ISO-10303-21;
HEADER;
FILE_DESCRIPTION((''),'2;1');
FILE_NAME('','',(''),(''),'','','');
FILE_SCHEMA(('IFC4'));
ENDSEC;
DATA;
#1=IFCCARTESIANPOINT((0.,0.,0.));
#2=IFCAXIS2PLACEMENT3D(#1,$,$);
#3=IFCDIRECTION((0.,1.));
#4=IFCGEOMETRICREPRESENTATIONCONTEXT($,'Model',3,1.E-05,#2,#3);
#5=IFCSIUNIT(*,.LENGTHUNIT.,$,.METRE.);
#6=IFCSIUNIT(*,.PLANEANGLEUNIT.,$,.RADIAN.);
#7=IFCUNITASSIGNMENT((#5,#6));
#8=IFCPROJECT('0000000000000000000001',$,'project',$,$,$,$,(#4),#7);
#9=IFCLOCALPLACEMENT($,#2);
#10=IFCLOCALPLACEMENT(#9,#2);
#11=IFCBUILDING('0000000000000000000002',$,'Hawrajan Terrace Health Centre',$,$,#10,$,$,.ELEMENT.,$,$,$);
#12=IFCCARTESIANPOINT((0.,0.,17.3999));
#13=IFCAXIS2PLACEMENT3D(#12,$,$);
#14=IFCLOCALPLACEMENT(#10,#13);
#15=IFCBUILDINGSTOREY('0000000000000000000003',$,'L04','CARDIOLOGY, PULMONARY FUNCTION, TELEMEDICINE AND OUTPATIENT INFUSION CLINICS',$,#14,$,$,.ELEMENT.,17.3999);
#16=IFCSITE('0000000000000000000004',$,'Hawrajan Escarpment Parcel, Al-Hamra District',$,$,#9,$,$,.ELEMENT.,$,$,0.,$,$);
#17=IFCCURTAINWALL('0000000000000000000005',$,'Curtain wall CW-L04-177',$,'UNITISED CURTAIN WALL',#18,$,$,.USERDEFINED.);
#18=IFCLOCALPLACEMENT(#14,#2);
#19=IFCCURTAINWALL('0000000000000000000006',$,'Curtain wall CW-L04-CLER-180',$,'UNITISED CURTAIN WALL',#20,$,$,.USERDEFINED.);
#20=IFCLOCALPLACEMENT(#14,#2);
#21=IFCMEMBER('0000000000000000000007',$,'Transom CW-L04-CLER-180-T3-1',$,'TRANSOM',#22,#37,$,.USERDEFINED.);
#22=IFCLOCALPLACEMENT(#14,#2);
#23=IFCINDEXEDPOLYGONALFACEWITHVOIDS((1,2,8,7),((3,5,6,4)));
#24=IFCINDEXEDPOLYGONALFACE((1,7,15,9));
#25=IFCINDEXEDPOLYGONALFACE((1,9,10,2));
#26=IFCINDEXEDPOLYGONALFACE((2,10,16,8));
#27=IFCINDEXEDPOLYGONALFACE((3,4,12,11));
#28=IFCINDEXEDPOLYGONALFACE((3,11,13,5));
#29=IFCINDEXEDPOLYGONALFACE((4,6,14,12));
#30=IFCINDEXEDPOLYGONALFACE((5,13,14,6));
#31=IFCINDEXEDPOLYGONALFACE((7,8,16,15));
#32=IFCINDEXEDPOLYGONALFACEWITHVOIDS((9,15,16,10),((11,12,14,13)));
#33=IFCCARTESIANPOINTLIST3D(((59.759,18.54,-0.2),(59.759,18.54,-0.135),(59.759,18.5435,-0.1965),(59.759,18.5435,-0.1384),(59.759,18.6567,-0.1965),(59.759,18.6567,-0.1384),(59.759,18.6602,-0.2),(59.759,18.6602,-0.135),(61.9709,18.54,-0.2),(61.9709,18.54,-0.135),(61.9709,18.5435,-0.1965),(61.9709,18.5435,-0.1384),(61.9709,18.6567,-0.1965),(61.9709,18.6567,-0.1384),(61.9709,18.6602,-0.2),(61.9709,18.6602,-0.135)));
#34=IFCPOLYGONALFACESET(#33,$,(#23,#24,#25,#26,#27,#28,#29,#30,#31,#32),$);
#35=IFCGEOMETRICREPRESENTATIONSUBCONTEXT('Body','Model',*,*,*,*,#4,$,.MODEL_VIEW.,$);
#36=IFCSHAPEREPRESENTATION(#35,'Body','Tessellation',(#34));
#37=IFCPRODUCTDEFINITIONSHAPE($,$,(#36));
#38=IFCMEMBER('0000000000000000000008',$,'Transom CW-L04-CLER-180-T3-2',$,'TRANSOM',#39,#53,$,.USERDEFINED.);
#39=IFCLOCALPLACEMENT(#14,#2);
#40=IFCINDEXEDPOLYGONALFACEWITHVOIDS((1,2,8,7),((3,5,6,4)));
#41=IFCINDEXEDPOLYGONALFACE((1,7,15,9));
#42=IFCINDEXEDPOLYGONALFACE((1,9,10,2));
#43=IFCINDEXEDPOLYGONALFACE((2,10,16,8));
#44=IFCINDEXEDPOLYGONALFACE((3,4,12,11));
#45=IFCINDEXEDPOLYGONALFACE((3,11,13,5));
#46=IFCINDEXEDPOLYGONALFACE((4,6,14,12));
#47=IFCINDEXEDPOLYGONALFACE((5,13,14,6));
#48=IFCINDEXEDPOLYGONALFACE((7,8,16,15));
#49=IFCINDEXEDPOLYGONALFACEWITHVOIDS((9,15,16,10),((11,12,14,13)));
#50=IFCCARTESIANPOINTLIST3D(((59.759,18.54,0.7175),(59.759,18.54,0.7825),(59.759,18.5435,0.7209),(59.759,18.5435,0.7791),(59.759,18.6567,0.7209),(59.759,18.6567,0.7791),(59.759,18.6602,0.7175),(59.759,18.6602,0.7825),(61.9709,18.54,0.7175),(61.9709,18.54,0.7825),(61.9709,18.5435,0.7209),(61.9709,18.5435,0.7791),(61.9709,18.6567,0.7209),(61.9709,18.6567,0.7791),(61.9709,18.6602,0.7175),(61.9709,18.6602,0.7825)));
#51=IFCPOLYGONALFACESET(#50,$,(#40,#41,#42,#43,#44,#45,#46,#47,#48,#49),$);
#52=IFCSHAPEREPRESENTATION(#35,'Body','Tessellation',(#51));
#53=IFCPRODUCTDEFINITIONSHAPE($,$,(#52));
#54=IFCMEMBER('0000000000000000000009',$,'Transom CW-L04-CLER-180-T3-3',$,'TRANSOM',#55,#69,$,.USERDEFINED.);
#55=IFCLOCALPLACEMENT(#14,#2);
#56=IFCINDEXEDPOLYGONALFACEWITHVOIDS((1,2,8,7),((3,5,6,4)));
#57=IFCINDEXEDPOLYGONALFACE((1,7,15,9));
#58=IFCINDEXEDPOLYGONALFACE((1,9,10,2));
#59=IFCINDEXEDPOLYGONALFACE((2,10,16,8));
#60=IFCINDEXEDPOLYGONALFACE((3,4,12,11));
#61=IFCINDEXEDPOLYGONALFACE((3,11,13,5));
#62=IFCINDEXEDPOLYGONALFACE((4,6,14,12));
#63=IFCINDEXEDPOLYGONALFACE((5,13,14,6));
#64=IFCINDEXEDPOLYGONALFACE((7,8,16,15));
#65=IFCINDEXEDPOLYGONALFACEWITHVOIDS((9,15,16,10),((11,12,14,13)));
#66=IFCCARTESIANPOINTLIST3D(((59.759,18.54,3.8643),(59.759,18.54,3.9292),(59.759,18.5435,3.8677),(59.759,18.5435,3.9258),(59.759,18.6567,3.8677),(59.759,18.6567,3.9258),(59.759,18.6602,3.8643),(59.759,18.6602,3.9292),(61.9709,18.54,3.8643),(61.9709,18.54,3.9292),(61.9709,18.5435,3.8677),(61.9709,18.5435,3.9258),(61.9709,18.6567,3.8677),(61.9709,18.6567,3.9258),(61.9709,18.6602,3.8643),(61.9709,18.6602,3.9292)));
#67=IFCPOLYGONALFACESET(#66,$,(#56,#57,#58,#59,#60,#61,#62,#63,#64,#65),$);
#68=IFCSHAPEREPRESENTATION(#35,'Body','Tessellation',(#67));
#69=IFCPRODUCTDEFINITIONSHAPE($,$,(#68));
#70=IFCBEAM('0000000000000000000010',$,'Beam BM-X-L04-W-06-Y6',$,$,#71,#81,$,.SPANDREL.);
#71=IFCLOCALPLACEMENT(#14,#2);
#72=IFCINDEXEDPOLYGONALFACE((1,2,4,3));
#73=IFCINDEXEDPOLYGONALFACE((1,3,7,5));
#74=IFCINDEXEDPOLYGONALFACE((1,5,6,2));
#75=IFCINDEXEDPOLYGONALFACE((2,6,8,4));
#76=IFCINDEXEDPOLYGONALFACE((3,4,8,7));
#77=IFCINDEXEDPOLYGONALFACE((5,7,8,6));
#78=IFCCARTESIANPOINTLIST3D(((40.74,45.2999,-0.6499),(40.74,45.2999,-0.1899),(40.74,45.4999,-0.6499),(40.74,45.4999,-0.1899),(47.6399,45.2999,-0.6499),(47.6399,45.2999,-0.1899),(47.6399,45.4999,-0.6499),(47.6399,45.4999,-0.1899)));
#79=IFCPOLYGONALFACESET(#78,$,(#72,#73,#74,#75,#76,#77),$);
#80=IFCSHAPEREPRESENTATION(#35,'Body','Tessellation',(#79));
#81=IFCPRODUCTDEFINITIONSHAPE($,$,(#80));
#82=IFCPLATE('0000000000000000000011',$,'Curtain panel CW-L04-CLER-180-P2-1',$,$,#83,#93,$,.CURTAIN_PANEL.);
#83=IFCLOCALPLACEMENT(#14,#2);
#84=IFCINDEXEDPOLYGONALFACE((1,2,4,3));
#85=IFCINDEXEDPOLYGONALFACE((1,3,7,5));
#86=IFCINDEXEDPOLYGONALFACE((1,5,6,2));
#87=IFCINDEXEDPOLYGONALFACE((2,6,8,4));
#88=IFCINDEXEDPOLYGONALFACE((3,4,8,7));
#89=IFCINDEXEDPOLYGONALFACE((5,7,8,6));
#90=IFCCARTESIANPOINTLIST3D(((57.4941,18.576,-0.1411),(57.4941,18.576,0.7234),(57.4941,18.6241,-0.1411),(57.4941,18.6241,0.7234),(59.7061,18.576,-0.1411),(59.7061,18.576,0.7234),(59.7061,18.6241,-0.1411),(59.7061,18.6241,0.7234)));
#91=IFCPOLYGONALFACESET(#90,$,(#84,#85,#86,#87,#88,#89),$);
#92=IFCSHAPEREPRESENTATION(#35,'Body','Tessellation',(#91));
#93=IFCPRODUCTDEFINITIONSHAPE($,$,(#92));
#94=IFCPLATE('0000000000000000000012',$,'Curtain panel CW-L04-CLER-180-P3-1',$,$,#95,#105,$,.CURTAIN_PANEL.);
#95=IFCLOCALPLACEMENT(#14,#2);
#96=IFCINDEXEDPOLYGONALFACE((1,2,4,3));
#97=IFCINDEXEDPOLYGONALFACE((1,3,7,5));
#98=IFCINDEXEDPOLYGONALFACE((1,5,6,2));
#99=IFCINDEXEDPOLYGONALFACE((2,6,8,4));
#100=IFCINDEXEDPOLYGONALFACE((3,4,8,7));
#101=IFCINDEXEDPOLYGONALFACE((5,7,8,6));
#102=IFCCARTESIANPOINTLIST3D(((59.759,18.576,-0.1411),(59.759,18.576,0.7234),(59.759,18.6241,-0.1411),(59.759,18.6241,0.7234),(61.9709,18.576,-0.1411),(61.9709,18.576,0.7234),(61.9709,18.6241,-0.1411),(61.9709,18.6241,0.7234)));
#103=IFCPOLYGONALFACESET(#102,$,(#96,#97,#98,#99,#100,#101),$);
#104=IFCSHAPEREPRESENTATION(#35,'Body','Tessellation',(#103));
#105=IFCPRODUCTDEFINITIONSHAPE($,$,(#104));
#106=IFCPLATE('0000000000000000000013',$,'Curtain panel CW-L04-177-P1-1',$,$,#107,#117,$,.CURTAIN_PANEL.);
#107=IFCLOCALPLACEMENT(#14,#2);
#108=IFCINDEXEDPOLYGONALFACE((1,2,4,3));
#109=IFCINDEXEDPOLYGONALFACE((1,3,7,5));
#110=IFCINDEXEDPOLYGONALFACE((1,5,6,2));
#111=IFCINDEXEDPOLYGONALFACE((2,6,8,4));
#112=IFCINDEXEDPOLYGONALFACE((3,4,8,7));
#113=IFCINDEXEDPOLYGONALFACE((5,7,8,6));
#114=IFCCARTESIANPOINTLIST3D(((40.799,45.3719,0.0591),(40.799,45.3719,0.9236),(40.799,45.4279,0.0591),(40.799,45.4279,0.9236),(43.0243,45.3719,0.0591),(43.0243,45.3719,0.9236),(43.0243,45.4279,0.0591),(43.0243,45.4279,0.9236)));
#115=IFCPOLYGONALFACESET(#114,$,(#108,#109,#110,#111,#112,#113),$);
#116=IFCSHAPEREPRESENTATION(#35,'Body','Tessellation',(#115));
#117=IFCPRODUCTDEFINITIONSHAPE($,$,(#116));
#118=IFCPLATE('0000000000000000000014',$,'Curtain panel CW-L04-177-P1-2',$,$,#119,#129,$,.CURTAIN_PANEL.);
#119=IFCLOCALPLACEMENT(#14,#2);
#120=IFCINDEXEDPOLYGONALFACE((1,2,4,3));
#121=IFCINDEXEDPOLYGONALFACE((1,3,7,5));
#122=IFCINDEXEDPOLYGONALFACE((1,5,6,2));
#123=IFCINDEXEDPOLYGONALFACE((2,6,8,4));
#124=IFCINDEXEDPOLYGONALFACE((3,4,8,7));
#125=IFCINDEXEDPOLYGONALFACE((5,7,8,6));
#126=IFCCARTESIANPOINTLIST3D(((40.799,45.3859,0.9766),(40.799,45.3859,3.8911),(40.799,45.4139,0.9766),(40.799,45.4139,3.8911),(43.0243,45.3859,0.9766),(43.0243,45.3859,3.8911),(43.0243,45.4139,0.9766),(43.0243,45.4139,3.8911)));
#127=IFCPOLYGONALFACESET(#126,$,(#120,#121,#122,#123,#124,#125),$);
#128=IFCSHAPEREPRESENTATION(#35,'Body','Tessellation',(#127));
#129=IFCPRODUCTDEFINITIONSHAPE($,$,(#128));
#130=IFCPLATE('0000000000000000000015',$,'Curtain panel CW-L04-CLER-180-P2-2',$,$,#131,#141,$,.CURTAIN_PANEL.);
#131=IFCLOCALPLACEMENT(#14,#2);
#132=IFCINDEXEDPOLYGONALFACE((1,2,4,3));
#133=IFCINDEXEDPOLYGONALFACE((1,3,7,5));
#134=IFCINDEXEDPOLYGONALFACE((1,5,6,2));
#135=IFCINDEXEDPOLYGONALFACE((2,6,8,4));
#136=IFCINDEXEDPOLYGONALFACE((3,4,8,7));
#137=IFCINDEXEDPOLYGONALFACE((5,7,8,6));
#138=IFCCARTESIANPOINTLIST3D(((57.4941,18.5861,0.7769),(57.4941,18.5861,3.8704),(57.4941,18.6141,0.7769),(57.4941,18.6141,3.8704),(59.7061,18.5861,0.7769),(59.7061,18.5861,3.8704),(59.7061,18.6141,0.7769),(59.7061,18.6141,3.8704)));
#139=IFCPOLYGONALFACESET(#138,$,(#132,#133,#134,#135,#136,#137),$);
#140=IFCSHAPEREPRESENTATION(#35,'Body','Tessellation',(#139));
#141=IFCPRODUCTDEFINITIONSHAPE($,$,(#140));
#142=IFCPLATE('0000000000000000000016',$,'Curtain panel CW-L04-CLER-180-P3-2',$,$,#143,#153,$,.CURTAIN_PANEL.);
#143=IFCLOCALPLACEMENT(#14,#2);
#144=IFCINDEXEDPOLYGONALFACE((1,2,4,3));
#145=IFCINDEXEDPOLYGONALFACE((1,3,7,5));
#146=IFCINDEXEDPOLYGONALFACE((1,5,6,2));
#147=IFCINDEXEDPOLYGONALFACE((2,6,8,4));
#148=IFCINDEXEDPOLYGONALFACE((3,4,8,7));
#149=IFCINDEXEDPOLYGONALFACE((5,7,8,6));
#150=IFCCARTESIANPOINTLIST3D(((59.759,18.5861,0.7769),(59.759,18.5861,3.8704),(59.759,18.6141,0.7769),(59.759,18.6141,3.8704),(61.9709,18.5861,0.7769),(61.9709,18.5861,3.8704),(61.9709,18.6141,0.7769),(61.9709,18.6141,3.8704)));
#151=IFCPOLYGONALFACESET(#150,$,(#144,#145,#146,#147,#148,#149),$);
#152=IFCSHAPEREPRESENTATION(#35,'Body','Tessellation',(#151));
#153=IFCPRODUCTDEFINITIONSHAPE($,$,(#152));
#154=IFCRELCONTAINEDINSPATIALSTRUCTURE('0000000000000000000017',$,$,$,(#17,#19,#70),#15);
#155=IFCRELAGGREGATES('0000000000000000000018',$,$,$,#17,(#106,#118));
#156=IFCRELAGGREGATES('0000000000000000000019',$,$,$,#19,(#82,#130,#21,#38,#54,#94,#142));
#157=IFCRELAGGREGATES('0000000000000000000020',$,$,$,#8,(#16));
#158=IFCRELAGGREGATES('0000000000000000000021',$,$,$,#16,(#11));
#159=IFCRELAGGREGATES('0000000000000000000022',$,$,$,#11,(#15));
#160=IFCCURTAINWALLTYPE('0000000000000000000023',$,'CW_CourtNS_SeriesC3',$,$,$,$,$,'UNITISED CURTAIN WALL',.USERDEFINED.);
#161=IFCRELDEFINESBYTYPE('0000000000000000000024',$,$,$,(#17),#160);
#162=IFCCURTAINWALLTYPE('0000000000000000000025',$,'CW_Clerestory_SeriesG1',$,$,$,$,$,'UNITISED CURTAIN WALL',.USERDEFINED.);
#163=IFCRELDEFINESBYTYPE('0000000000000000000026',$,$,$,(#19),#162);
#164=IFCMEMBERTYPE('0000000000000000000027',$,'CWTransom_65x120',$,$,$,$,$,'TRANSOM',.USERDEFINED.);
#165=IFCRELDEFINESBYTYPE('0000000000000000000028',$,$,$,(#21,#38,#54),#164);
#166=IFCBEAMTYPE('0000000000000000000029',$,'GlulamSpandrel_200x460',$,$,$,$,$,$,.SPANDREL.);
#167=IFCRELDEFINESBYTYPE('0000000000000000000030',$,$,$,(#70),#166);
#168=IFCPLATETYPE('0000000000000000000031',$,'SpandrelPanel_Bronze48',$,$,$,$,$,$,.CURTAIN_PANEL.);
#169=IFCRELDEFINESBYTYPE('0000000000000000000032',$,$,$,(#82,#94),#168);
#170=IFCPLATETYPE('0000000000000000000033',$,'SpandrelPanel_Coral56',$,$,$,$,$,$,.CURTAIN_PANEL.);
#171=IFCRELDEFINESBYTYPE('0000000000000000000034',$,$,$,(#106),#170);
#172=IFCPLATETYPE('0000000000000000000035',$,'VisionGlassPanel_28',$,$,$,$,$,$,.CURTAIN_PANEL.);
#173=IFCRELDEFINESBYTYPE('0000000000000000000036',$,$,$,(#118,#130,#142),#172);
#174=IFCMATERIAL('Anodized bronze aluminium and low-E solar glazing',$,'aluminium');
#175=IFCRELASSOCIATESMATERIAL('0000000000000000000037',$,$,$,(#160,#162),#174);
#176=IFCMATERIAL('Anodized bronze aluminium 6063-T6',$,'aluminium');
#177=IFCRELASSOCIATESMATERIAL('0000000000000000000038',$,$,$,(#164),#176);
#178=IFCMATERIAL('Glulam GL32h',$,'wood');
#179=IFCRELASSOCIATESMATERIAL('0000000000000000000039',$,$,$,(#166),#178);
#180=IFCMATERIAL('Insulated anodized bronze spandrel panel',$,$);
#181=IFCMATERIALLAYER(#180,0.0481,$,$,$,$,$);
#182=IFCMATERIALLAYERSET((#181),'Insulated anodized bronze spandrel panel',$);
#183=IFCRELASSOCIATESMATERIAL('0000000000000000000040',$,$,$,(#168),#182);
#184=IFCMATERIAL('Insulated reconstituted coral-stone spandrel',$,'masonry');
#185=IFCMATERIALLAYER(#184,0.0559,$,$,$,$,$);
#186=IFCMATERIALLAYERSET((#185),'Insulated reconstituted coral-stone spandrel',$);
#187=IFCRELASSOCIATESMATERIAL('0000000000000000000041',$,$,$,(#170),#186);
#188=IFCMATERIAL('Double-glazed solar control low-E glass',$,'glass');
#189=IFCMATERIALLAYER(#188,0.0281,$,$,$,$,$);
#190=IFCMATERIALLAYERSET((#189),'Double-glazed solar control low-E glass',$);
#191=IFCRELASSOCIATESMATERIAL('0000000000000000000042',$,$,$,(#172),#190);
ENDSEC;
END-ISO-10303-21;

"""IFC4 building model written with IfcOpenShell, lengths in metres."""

from ifc_helpers import new_model, si_unit, direction, frame, origin, origin_2d, place, context, subcontext, project, spatial, rectangle, hollow_rectangle, extrude, material, layer, layer_set, material_profile, profile_set, type_object, element, aggregate, save


model = new_model("IFC4")

# Units and contexts
model_context = context("Model", 3, precision=1e-05, world=origin(), true_north=direction((0.0, 1.0)))
body_context = subcontext(model_context, "Body", "Model", "MODEL_VIEW")
ifc_project = project(units=[si_unit("LENGTHUNIT", "METRE"), si_unit("PLANEANGLEUNIT", "RADIAN")], contexts=[model_context])

# Site, building, storey
site_placement = place(None, origin())
site = spatial("IfcSite", under=ifc_project, at=site_placement, Name="Hawrajan Escarpment Parcel, Al-Hamra District", CompositionType="ELEMENT", RefElevation=0.0)
building_placement = place(site_placement, origin())
building = spatial("IfcBuilding", under=site, at=building_placement, Name="Hawrajan Terrace Health Centre", CompositionType="ELEMENT")
storey_placement = place(building_placement, frame((0.0, 0.0, 17.3999)))
storey = spatial("IfcBuildingStorey", under=building, at=storey_placement, Name="L04", Description="CARDIOLOGY, PULMONARY FUNCTION, TELEMEDICINE AND OUTPATIENT INFUSION CLINICS", CompositionType="ELEMENT", Elevation=17.3999)

# Curtain walls
ifc_material_1 = material(Name="Anodized bronze aluminium and low-E solar glazing", Category="aluminium")
curtain_wall_type_1 = type_object("IfcCurtainWallType", Name="CW_CourtNS_SeriesC3", ElementType="UNITISED CURTAIN WALL", PredefinedType="USERDEFINED", material=ifc_material_1)
curtain_wall_1_placement = place(storey_placement, origin())
curtain_wall_1 = element("IfcCurtainWall", 1, at=curtain_wall_1_placement, inside=storey, type_object=curtain_wall_type_1, Name="Curtain wall CW-L04-177", ObjectType="UNITISED CURTAIN WALL", PredefinedType="USERDEFINED")
ifc_material_2 = material(Name="Anodized bronze aluminium 6063-T6", Category="aluminium")
curtain_wall_type_2 = type_object("IfcCurtainWallType", Name="CW_Clerestory_SeriesG1", ElementType="UNITISED CURTAIN WALL", PredefinedType="USERDEFINED", material=ifc_material_1)
curtain_wall_2_placement = place(storey_placement, origin())
curtain_wall_2 = element("IfcCurtainWall", 2, at=curtain_wall_2_placement, inside=storey, type_object=curtain_wall_type_2, Name="Curtain wall CW-L04-CLER-180", ObjectType="UNITISED CURTAIN WALL", PredefinedType="USERDEFINED")

# Members
ifc_material_profile_1 = material_profile(ifc_material_2, hollow_rectangle(XDim=0.0649, YDim=0.1201, WallThickness=0.0034, at=origin_2d()), Name="CW TRN 65x120")
ifc_profile_set_1 = profile_set([ifc_material_profile_1], Name="Anodized bronze aluminium 6063-T6")
member_type_1 = type_object("IfcMemberType", Name="CWTransom_65x120", ElementType="TRANSOM", PredefinedType="USERDEFINED", material=ifc_profile_set_1)
member_1_placement = place(storey_placement, frame((59.759, 18.6001, -0.1675), z_axis=(1.0, 0.0, 0.0), x_axis=(0.0, 0.0, 1.0)))
member_1 = element("IfcMember", 3, at=member_1_placement, type_object=member_type_1, Name="Transom CW-L04-CLER-180-T3-1", ObjectType="TRANSOM", PredefinedType="USERDEFINED", context=body_context, shape_type="SweptSolid", body=[
    extrude(hollow_rectangle(XDim=0.0649, YDim=0.1201, WallThickness=0.0034, at=origin_2d()), origin(), (0.0, 0.0, 1.0), 2.2119),
])
member_2_placement = place(storey_placement, frame((59.759, 18.6001, 0.75), z_axis=(1.0, 0.0, 0.0), x_axis=(0.0, 0.0, 1.0)))
member_2 = element("IfcMember", 4, at=member_2_placement, type_object=member_type_1, Name="Transom CW-L04-CLER-180-T3-2", ObjectType="TRANSOM", PredefinedType="USERDEFINED", context=body_context, shape_type="SweptSolid", body=[
    extrude(hollow_rectangle(XDim=0.0649, YDim=0.1201, WallThickness=0.0034, at=origin_2d()), origin(), (0.0, 0.0, 1.0), 2.2119),
])
member_3_placement = place(storey_placement, frame((59.759, 18.6001, 3.8967), z_axis=(1.0, 0.0, 0.0), x_axis=(0.0, 0.0, 1.0)))
member_3 = element("IfcMember", 5, at=member_3_placement, type_object=member_type_1, Name="Transom CW-L04-CLER-180-T3-3", ObjectType="TRANSOM", PredefinedType="USERDEFINED", context=body_context, shape_type="SweptSolid", body=[
    extrude(hollow_rectangle(XDim=0.0649, YDim=0.1201, WallThickness=0.0034, at=origin_2d()), origin(), (0.0, 0.0, 1.0), 2.2119),
])

# Beam
ifc_material_3 = material(Name="Glulam GL32h", Category="wood")
ifc_material_profile_2 = material_profile(ifc_material_3, rectangle(XDim=0.2, YDim=0.46, at=origin_2d()), Name="GL SP 200x460")
ifc_profile_set_2 = profile_set([ifc_material_profile_2], Name="Glulam GL32h")
beam_type = type_object("IfcBeamType", Name="GlulamSpandrel_200x460", PredefinedType="SPANDREL", material=ifc_profile_set_2)
beam_placement = place(storey_placement, frame((40.74, 45.3999, -0.4199), z_axis=(1.0, 0.0, 0.0), x_axis=(0.0, 1.0, 0.0)))
element("IfcBeam", 6, at=beam_placement, inside=storey, type_object=beam_type, Name="Beam BM-X-L04-W-06-Y6", PredefinedType="SPANDREL", context=body_context, shape_type="SweptSolid", body=[
    extrude(rectangle(XDim=0.2, YDim=0.46, at=origin_2d()), origin(), (0.0, 0.0, 1.0), 6.8999),
])

# Plates
ifc_material_4 = material(Name="Insulated anodized bronze spandrel panel")
ifc_layer_1 = layer(ifc_material_4, 0.0481)
ifc_layer_set_1 = layer_set([ifc_layer_1], Name="Insulated anodized bronze spandrel panel")
plate_type_1 = type_object("IfcPlateType", Name="SpandrelPanel_Bronze48", PredefinedType="CURTAIN_PANEL", material=ifc_layer_set_1)
plate_1_placement = place(storey_placement, frame((58.6001, 18.6001, -0.1411), z_axis=(0.0, 0.0, 1.0), x_axis=(1.0, 0.0, 0.0)))
plate_1 = element("IfcPlate", 7, at=plate_1_placement, type_object=plate_type_1, Name="Curtain panel CW-L04-CLER-180-P2-1", PredefinedType="CURTAIN_PANEL", context=body_context, shape_type="SweptSolid", body=[
    extrude(rectangle(XDim=2.2119, YDim=0.0481, at=origin_2d()), origin(), (0.0, 0.0, 1.0), 0.8645),
])
plate_2_placement = place(storey_placement, frame((60.865, 18.6001, -0.1411), z_axis=(0.0, 0.0, 1.0), x_axis=(1.0, 0.0, 0.0)))
plate_2 = element("IfcPlate", 8, at=plate_2_placement, type_object=plate_type_1, Name="Curtain panel CW-L04-CLER-180-P3-1", PredefinedType="CURTAIN_PANEL", context=body_context, shape_type="SweptSolid", body=[
    extrude(rectangle(XDim=2.2119, YDim=0.0481, at=origin_2d()), origin(), (0.0, 0.0, 1.0), 0.8645),
])
ifc_material_5 = material(Name="Insulated reconstituted coral-stone spandrel", Category="masonry")
ifc_layer_2 = layer(ifc_material_5, 0.0559)
ifc_layer_set_2 = layer_set([ifc_layer_2], Name="Insulated reconstituted coral-stone spandrel")
plate_type_2 = type_object("IfcPlateType", Name="SpandrelPanel_Coral56", PredefinedType="CURTAIN_PANEL", material=ifc_layer_set_2)
plate_3_placement = place(storey_placement, frame((41.9116, 45.3999, 0.0591), z_axis=(0.0, 0.0, 1.0), x_axis=(1.0, 0.0, 0.0)))
plate_3 = element("IfcPlate", 9, at=plate_3_placement, type_object=plate_type_2, Name="Curtain panel CW-L04-177-P1-1", PredefinedType="CURTAIN_PANEL", context=body_context, shape_type="SweptSolid", body=[
    extrude(rectangle(XDim=2.2253, YDim=0.0559, at=origin_2d()), origin(), (0.0, 0.0, 1.0), 0.8645),
])
ifc_material_6 = material(Name="Double-glazed solar control low-E glass", Category="glass")
ifc_layer_3 = layer(ifc_material_6, 0.0281)
ifc_layer_set_3 = layer_set([ifc_layer_3], Name="Double-glazed solar control low-E glass")
plate_type_3 = type_object("IfcPlateType", Name="VisionGlassPanel_28", PredefinedType="CURTAIN_PANEL", material=ifc_layer_set_3)
plate_4_placement = place(storey_placement, frame((41.9116, 45.3999, 0.9766), z_axis=(0.0, 0.0, 1.0), x_axis=(1.0, 0.0, 0.0)))
plate_4 = element("IfcPlate", 10, at=plate_4_placement, type_object=plate_type_3, Name="Curtain panel CW-L04-177-P1-2", PredefinedType="CURTAIN_PANEL", context=body_context, shape_type="SweptSolid", body=[
    extrude(rectangle(XDim=2.2253, YDim=0.0281, at=origin_2d()), origin(), (0.0, 0.0, 1.0), 2.9146),
])
aggregate(curtain_wall_1, [plate_3, plate_4])
plate_5_placement = place(storey_placement, frame((58.6001, 18.6001, 0.7769), z_axis=(0.0, 0.0, 1.0), x_axis=(1.0, 0.0, 0.0)))
plate_5 = element("IfcPlate", 11, at=plate_5_placement, type_object=plate_type_3, Name="Curtain panel CW-L04-CLER-180-P2-2", PredefinedType="CURTAIN_PANEL", context=body_context, shape_type="SweptSolid", body=[
    extrude(rectangle(XDim=2.2119, YDim=0.0281, at=origin_2d()), origin(), (0.0, 0.0, 1.0), 3.0935),
])
plate_6_placement = place(storey_placement, frame((60.865, 18.6001, 0.7769), z_axis=(0.0, 0.0, 1.0), x_axis=(1.0, 0.0, 0.0)))
plate_6 = element("IfcPlate", 12, at=plate_6_placement, type_object=plate_type_3, Name="Curtain panel CW-L04-CLER-180-P3-2", PredefinedType="CURTAIN_PANEL", context=body_context, shape_type="SweptSolid", body=[
    extrude(rectangle(XDim=2.2119, YDim=0.0281, at=origin_2d()), origin(), (0.0, 0.0, 1.0), 3.0935),
])
aggregate(curtain_wall_2, [plate_1, plate_5, member_1, member_2, member_3, plate_2, plate_6])

save(model, "model.ifc")
